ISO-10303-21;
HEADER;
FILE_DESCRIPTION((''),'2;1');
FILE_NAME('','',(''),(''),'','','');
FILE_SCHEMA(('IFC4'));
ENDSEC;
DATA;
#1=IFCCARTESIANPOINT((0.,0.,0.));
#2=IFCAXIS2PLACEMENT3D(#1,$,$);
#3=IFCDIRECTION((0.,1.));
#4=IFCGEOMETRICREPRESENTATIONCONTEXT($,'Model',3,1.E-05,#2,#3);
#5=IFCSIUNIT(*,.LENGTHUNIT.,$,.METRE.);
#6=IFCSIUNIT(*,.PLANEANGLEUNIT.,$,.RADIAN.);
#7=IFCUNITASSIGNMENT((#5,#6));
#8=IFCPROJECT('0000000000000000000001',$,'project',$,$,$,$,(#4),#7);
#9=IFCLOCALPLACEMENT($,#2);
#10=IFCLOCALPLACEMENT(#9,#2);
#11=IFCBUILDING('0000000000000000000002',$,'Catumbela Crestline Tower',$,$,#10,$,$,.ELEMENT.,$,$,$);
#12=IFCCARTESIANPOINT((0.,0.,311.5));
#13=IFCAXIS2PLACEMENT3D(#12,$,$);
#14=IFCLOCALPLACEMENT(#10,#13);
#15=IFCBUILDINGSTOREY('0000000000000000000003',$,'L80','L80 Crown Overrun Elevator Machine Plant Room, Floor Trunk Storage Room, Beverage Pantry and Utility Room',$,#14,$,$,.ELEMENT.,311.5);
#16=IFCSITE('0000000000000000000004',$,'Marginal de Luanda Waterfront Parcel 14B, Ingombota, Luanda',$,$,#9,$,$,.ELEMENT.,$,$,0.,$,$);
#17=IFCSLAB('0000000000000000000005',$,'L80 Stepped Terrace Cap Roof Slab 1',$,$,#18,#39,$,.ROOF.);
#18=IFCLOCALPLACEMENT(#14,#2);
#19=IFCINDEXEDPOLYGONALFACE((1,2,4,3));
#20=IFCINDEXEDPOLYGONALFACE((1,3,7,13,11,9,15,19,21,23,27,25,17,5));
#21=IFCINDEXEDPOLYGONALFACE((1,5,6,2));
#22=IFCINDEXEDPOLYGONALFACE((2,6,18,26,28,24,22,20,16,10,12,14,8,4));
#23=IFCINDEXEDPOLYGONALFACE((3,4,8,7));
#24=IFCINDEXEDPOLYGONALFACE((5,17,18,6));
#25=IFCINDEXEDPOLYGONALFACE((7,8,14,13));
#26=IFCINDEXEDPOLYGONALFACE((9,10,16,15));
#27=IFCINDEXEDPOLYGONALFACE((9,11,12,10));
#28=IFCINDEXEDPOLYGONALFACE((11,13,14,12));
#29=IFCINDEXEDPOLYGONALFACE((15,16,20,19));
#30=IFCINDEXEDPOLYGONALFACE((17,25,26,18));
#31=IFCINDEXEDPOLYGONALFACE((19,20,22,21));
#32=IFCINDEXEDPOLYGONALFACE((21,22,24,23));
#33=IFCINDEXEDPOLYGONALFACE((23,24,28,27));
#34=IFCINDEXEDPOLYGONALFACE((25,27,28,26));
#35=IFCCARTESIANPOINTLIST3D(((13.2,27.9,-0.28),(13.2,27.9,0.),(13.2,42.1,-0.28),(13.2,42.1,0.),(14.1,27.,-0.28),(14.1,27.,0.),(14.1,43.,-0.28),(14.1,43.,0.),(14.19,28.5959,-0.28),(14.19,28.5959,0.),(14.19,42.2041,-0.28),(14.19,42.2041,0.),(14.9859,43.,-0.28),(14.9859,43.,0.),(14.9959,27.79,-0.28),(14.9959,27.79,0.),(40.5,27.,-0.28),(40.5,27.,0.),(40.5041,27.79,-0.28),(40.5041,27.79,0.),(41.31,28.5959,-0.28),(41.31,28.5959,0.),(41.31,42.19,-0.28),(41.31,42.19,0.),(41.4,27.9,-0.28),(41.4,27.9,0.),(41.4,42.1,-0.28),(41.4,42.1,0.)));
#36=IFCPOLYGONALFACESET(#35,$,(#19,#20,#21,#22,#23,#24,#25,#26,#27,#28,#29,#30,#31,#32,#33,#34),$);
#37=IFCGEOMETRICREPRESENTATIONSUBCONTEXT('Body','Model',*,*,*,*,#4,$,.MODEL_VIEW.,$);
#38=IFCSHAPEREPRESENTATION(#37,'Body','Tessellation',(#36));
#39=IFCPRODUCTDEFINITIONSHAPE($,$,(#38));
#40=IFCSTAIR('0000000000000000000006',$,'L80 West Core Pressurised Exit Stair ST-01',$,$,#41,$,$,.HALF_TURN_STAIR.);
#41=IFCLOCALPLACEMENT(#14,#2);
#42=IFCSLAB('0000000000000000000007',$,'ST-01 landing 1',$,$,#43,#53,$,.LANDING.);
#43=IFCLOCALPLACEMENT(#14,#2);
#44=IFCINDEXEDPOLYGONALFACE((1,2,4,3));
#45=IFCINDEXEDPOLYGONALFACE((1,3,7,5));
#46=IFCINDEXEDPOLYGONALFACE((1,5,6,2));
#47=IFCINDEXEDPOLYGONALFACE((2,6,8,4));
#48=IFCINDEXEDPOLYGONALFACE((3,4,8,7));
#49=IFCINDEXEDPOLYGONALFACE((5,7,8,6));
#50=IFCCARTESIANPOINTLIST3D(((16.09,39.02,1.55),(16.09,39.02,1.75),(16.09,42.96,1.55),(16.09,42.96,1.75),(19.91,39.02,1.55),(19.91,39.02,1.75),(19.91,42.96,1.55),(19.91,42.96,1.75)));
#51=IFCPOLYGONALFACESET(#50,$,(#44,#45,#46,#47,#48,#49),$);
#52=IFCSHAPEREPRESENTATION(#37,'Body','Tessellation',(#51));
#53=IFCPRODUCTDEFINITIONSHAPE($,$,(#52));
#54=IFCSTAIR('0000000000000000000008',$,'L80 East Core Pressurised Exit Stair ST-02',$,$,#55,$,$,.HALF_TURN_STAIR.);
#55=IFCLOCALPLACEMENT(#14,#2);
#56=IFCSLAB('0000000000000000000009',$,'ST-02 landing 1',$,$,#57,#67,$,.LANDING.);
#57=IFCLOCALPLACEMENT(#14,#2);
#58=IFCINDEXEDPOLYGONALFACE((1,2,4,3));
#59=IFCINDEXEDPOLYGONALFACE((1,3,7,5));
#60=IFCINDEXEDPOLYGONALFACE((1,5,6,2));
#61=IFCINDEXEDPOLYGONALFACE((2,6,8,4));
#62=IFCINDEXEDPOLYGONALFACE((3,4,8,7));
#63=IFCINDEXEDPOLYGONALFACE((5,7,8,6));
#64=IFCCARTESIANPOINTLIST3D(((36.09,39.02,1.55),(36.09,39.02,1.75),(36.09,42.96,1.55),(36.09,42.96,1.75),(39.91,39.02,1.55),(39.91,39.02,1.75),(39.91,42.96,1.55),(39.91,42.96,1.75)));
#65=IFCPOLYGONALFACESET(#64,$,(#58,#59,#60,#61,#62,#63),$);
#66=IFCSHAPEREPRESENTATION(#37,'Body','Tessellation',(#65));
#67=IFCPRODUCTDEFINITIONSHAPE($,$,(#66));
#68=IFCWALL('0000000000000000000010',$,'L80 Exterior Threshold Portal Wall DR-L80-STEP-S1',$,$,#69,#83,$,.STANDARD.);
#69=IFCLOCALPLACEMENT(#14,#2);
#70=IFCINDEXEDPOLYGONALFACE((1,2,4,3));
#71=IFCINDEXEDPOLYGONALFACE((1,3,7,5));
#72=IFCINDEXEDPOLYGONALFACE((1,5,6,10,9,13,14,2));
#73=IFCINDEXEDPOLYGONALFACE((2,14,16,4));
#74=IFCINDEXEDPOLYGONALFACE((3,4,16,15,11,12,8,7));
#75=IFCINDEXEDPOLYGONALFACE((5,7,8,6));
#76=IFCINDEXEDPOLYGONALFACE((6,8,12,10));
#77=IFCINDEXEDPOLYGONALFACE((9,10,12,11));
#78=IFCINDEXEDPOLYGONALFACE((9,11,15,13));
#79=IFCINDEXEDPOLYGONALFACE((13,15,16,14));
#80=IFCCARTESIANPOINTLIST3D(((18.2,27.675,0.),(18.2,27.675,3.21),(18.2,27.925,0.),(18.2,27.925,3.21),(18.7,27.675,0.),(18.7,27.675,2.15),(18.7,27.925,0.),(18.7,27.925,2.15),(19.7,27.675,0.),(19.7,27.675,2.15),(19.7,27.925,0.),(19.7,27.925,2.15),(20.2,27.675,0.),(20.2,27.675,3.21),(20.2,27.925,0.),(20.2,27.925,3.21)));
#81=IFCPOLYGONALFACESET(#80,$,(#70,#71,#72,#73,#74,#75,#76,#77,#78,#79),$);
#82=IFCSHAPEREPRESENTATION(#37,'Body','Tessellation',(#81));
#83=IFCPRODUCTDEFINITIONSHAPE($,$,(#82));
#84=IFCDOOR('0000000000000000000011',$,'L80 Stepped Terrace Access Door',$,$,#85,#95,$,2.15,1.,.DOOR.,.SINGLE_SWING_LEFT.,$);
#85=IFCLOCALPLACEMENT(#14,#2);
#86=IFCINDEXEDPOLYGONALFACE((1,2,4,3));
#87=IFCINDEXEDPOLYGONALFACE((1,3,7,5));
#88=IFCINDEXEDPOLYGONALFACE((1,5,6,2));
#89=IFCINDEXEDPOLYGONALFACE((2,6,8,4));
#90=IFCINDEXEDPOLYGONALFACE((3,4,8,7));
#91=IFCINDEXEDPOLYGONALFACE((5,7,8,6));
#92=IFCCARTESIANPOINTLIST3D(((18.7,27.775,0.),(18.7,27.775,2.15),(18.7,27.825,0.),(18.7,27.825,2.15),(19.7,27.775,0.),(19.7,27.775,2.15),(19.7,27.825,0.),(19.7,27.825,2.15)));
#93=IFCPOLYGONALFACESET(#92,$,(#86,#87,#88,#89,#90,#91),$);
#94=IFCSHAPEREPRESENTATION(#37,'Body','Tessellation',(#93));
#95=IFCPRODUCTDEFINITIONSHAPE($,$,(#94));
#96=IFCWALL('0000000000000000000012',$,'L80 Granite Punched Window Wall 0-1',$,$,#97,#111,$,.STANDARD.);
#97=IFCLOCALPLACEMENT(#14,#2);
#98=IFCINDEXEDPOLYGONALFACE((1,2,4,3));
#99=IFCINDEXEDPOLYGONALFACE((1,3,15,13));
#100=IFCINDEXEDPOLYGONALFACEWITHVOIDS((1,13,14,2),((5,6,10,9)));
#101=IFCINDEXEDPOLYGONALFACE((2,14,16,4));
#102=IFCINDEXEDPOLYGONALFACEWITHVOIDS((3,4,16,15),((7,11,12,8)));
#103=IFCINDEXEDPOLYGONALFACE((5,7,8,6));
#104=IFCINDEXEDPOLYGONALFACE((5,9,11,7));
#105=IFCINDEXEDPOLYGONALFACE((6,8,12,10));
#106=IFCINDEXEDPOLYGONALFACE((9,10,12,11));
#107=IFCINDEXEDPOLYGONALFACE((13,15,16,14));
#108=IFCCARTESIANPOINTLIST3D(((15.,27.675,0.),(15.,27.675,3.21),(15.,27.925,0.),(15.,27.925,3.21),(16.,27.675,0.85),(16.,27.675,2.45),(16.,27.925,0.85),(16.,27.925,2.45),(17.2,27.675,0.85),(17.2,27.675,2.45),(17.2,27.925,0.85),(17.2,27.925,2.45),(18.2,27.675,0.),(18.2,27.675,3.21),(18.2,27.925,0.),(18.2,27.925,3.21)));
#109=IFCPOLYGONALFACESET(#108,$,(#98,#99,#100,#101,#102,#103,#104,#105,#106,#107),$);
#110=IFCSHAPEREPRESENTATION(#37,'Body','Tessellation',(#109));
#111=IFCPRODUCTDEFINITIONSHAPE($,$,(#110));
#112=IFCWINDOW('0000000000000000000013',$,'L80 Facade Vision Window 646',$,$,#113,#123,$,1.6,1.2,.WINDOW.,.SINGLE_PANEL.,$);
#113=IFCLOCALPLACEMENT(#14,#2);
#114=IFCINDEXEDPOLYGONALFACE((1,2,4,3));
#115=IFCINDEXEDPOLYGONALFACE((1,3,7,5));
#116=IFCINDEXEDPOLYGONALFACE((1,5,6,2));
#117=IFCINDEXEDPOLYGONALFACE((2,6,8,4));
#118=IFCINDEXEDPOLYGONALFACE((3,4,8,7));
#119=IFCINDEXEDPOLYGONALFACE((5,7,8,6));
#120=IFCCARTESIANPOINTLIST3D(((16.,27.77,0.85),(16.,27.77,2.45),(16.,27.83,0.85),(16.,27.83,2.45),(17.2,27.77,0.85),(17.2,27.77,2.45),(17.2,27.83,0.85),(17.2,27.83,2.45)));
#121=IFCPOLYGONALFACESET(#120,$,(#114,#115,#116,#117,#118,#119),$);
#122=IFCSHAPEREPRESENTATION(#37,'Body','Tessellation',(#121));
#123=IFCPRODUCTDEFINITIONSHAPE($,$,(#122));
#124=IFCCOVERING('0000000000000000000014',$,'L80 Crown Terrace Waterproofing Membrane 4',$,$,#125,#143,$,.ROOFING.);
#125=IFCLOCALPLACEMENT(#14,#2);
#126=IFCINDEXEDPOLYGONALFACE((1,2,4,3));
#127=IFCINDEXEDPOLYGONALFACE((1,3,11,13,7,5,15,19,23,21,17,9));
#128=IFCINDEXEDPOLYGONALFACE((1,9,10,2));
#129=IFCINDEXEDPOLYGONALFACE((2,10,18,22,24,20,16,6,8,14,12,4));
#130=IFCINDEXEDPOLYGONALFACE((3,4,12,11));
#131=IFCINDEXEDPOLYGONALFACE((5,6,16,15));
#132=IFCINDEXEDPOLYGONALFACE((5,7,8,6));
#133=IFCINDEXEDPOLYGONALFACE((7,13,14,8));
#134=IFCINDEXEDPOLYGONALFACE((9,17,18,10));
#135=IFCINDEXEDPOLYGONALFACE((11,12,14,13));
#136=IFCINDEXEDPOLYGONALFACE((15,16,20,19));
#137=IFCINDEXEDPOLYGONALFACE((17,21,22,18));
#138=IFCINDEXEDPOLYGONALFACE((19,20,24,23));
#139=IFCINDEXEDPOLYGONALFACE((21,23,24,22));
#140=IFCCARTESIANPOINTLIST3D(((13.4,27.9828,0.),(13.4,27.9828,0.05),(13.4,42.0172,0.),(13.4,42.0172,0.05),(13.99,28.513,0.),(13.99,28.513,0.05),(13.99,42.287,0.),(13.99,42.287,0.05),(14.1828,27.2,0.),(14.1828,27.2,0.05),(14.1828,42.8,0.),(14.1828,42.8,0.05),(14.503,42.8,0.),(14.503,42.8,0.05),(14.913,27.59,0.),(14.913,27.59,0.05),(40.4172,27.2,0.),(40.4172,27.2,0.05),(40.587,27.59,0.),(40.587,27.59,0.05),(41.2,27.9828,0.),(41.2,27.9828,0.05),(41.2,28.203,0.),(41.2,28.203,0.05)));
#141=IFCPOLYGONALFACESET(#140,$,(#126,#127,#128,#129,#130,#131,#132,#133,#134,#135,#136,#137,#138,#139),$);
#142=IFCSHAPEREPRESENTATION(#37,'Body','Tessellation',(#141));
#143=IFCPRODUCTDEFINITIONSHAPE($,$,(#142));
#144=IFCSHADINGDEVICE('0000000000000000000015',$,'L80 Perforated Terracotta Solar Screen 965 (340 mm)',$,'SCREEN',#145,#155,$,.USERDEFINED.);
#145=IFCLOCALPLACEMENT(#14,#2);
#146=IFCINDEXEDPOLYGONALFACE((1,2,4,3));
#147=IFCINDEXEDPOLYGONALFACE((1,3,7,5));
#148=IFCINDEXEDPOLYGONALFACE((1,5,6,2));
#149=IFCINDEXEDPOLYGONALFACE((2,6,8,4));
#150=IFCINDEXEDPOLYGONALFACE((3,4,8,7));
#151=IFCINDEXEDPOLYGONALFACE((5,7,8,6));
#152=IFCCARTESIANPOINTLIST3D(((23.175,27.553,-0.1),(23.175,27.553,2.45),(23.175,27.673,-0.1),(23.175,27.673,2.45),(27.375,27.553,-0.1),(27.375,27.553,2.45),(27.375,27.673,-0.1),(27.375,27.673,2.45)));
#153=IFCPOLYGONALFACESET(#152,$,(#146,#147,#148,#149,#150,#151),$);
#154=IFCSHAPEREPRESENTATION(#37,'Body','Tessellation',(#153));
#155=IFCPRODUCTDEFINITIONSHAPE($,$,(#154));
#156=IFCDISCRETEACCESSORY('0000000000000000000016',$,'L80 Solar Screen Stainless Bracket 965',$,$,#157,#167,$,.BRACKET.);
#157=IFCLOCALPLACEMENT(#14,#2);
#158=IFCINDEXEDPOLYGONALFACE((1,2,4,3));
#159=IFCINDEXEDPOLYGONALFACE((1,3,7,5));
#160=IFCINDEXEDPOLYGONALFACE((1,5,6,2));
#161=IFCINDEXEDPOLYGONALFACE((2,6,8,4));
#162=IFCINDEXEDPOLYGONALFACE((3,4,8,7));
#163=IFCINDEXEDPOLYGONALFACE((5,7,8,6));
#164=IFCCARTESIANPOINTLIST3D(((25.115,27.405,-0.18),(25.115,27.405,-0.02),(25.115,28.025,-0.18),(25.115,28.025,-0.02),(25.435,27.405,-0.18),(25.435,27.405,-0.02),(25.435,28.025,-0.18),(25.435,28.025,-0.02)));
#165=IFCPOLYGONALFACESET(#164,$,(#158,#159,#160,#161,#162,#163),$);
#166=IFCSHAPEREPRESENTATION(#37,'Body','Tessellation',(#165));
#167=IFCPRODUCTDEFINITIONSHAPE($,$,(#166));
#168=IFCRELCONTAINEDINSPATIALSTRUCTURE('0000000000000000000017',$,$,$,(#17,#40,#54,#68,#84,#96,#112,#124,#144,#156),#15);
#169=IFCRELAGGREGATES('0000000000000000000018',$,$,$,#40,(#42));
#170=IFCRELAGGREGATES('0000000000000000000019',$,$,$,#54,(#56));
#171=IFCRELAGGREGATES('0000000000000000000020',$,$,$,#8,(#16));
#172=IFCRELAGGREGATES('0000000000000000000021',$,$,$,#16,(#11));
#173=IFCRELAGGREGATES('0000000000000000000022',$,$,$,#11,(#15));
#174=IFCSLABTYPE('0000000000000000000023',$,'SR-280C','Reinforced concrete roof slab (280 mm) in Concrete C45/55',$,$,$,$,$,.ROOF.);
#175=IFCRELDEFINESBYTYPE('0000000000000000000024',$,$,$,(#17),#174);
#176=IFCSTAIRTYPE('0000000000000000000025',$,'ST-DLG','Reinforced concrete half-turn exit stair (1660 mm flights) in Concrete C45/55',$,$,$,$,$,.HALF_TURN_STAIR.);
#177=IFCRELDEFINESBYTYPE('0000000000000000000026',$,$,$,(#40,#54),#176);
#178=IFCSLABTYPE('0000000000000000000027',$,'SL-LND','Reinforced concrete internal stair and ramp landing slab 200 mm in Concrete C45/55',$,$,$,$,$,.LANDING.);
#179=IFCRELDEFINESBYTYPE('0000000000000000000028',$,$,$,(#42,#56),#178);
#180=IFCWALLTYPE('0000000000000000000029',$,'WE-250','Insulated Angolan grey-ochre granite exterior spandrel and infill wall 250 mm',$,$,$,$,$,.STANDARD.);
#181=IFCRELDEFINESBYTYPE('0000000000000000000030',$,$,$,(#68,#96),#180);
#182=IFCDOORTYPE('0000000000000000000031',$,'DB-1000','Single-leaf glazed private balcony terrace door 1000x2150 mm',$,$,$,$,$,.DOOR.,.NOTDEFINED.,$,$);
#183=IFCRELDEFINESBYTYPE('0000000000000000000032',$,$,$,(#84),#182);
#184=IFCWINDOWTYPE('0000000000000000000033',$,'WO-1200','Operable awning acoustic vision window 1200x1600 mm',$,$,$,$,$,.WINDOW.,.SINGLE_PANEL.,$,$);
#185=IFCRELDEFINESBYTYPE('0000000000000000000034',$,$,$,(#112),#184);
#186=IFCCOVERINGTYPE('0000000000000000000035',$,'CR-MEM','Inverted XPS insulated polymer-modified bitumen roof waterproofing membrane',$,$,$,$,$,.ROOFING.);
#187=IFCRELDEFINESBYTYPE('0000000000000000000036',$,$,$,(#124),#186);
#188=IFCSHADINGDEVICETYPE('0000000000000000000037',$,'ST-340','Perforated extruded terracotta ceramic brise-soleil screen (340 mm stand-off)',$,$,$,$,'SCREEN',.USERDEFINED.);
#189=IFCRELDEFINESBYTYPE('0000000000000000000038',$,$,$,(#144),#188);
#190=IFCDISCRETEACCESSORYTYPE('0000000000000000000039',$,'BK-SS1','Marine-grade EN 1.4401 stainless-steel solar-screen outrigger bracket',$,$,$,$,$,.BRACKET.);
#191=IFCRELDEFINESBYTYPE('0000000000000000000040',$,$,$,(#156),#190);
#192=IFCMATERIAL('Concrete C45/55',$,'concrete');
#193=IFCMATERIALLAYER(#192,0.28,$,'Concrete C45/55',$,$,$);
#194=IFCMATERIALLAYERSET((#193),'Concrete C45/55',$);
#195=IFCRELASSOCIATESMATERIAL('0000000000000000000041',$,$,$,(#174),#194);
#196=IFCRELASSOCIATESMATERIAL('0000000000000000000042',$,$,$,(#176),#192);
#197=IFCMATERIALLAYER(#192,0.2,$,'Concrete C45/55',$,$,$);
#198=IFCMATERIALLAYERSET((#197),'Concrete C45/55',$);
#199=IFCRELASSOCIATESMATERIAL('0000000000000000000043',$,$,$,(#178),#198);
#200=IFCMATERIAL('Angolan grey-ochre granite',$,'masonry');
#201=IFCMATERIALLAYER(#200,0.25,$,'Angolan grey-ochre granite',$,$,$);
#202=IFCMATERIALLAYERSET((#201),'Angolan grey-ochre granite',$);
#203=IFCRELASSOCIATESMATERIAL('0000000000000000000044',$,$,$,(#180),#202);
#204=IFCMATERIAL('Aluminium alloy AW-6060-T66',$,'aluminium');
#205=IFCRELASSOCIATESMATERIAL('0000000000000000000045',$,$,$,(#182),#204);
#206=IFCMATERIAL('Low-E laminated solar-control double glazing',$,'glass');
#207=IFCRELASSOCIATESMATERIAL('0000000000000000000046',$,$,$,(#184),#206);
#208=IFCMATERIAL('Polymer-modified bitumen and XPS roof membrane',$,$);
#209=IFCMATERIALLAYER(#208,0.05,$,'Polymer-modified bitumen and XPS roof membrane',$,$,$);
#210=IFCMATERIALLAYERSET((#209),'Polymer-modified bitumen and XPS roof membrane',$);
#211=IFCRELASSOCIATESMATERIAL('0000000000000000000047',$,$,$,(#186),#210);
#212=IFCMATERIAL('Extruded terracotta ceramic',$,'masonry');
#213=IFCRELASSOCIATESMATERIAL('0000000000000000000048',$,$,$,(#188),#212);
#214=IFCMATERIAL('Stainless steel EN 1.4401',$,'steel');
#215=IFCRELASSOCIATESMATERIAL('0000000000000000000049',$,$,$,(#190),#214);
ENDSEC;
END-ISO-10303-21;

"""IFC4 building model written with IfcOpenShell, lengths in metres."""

from ifc_helpers import new_model, si_unit, direction, frame, frame_2d, origin, origin_2d, place, context, subcontext, project, spatial, polyline, rectangle, outline, extrude, material, layer, layer_set, type_object, element, fill, aggregate, save


model = new_model("IFC4")

# Units and contexts
model_context = context("Model", 3, precision=1e-05, world=origin(), true_north=direction((0.0, 1.0)))
body_context = subcontext(model_context, "Body", "Model", "MODEL_VIEW")
ifc_project = project(units=[si_unit("LENGTHUNIT", "METRE"), si_unit("PLANEANGLEUNIT", "RADIAN")], contexts=[model_context])

# Site, building, storey
site_placement = place(None, origin())
site = spatial("IfcSite", under=ifc_project, at=site_placement, Name="Marginal de Luanda Waterfront Parcel 14B, Ingombota, Luanda", CompositionType="ELEMENT", RefElevation=0.0)
building_placement = place(site_placement, origin())
building = spatial("IfcBuilding", under=site, at=building_placement, Name="Catumbela Crestline Tower", CompositionType="ELEMENT")
storey_placement = place(building_placement, frame((0.0, 0.0, 311.5)))
storey = spatial("IfcBuildingStorey", under=building, at=storey_placement, Name="L80", Description="L80 Crown Overrun Elevator Machine Plant Room, Floor Trunk Storage Room, Beverage Pantry and Utility Room", CompositionType="ELEMENT", Elevation=311.5)

# Shared definitions
ifc_material_1 = material(Name="Aluminium alloy AW-6060-T66", Category="aluminium")
ifc_material_2 = material(Name="Low-E laminated solar-control double glazing", Category="glass")

# Slab
ifc_material_3 = material(Name="Concrete C45/55", Category="concrete")
ifc_layer_1 = layer(ifc_material_3, 0.28, Name="Concrete C45/55")
ifc_layer_set_1 = layer_set([ifc_layer_1], Name="Concrete C45/55")
slab_type_1 = type_object("IfcSlabType", Name="SR-280C", Description="Reinforced concrete roof slab (280 mm) in Concrete C45/55", PredefinedType="ROOF", material=ifc_layer_set_1)
slab_1_placement = place(storey_placement, frame((0.0, 0.0, -0.28)))
element("IfcSlab", 1, at=slab_1_placement, inside=storey, type_object=slab_type_1, Name="L80 Stepped Terrace Cap Roof Slab 1", PredefinedType="ROOF", context=body_context, shape_type="SweptSolid", body=[
    extrude(outline(polyline([(41.4, 27.9), (40.5, 27.0), (14.1, 27.0), (13.2, 27.9), (13.2, 42.1), (14.1, 43.0), (14.9859, 43.0), (14.19, 42.2041), (14.19, 28.5959), (14.9959, 27.79), (40.5041, 27.79), (41.31, 28.5959), (41.31, 42.19), (41.4, 42.1), (41.4, 27.9)])), origin(), (0.0, 0.0, 1.0), 0.28),
])

# Stairs, slabs
stair_type = type_object("IfcStairType", Name="ST-DLG", Description="Reinforced concrete half-turn exit stair (1660 mm flights) in Concrete C45/55", PredefinedType="HALF_TURN_STAIR", material=ifc_material_3)
stair_1_placement = place(storey_placement, origin())
stair_1 = element("IfcStair", 2, at=stair_1_placement, inside=storey, type_object=stair_type, Name="L80 West Core Pressurised Exit Stair ST-01", PredefinedType="HALF_TURN_STAIR")
ifc_layer_2 = layer(ifc_material_3, 0.2, Name="Concrete C45/55")
ifc_layer_set_2 = layer_set([ifc_layer_2], Name="Concrete C45/55")
slab_type_2 = type_object("IfcSlabType", Name="SL-LND", Description="Reinforced concrete internal stair and ramp landing slab 200 mm in Concrete C45/55", PredefinedType="LANDING", material=ifc_layer_set_2)
slab_2_placement = place(storey_placement, frame((0.0, 0.0, 1.55)))
slab_2 = element("IfcSlab", 3, at=slab_2_placement, type_object=slab_type_2, Name="ST-01 landing 1", PredefinedType="LANDING", context=body_context, shape_type="SweptSolid", body=[
    extrude(outline(polyline([(19.91, 39.02), (19.91, 42.96), (16.09, 42.96), (16.09, 39.02), (19.91, 39.02)])), origin(), (0.0, 0.0, 1.0), 0.2),
])
aggregate(stair_1, [slab_2])
stair_2_placement = place(storey_placement, origin())
stair_2 = element("IfcStair", 4, at=stair_2_placement, inside=storey, type_object=stair_type, Name="L80 East Core Pressurised Exit Stair ST-02", PredefinedType="HALF_TURN_STAIR")
slab_3_placement = place(storey_placement, frame((0.0, 0.0, 1.55)))
slab_3 = element("IfcSlab", 5, at=slab_3_placement, type_object=slab_type_2, Name="ST-02 landing 1", PredefinedType="LANDING", context=body_context, shape_type="SweptSolid", body=[
    extrude(outline(polyline([(39.91, 39.02), (39.91, 42.96), (36.09, 42.96), (36.09, 39.02), (39.91, 39.02)])), origin(), (0.0, 0.0, 1.0), 0.2),
])
aggregate(stair_2, [slab_3])

# Wall, opening, door
ifc_material_4 = material(Name="Angolan grey-ochre granite", Category="masonry")
ifc_layer_3 = layer(ifc_material_4, 0.25, Name="Angolan grey-ochre granite")
ifc_layer_set_3 = layer_set([ifc_layer_3], Name="Angolan grey-ochre granite")
wall_type = type_object("IfcWallType", Name="WE-250", Description="Insulated Angolan grey-ochre granite exterior spandrel and infill wall 250 mm", PredefinedType="STANDARD", material=ifc_layer_set_3)
wall_1_placement = place(storey_placement, frame((18.2, 27.8, 0.0), z_axis=(0.0, 0.0, 1.0), x_axis=(1.0, 0.0, 0.0)))
wall_1 = element("IfcWall", 6, at=wall_1_placement, inside=storey, type_object=wall_type, Name="L80 Exterior Threshold Portal Wall DR-L80-STEP-S1", PredefinedType="STANDARD", context=body_context, shape_type="SweptSolid", body=[
    extrude(rectangle(XDim=2.0, YDim=0.25, at=frame_2d((1.0, 0.0))), origin(), (0.0, 0.0, 1.0), 3.21),
])
opening_1_placement = place(wall_1_placement, frame((0.5, 0.0, 0.0)))
opening_1 = element("IfcOpeningElement", 7, at=opening_1_placement, cuts=wall_1, PredefinedType="OPENING", context=body_context, shape_type="SweptSolid", body=[
    extrude(rectangle(XDim=1.0, YDim=2.15, at=frame_2d((0.5, 1.075))), frame((0.0, 0.135, 0.0), z_axis=(0.0, -1.0, 0.0), x_axis=(1.0, 0.0, 0.0)), (0.0, 0.0, 1.0), 0.27),
])
door_type = type_object("IfcDoorType", Name="DB-1000", Description="Single-leaf glazed private balcony terrace door 1000x2150 mm", OperationType="NOTDEFINED", PredefinedType="DOOR", material=ifc_material_1)
door_placement = place(opening_1_placement, origin())
door = element("IfcDoor", 8, at=door_placement, inside=storey, type_object=door_type, Name="L80 Stepped Terrace Access Door", OperationType="SINGLE_SWING_LEFT", OverallHeight=2.15, OverallWidth=1.0, PredefinedType="DOOR", context=body_context, shape_type="SweptSolid", body=[
    extrude(rectangle(XDim=1.0, YDim=2.15, at=frame_2d((0.5, 1.075))), frame((0.0, 0.025, 0.0), z_axis=(0.0, -1.0, 0.0), x_axis=(1.0, 0.0, 0.0)), (0.0, 0.0, 1.0), 0.05),
])
fill(opening_1, door)

# Wall, opening, window
wall_2_placement = place(storey_placement, frame((15.0, 27.8, 0.0), z_axis=(0.0, 0.0, 1.0), x_axis=(1.0, 0.0, 0.0)))
wall_2 = element("IfcWall", 9, at=wall_2_placement, inside=storey, type_object=wall_type, Name="L80 Granite Punched Window Wall 0-1", PredefinedType="STANDARD", context=body_context, shape_type="SweptSolid", body=[
    extrude(rectangle(XDim=3.2, YDim=0.25, at=frame_2d((1.6, 0.0))), origin(), (0.0, 0.0, 1.0), 3.21),
])
opening_2_placement = place(wall_2_placement, frame((1.0, 0.0, 0.85)))
opening_2 = element("IfcOpeningElement", 10, at=opening_2_placement, cuts=wall_2, PredefinedType="OPENING", context=body_context, shape_type="SweptSolid", body=[
    extrude(rectangle(XDim=1.2, YDim=1.6, at=frame_2d((0.6, 0.8))), frame((0.0, 0.135, 0.0), z_axis=(0.0, -1.0, 0.0), x_axis=(1.0, 0.0, 0.0)), (0.0, 0.0, 1.0), 0.27),
])
window_type = type_object("IfcWindowType", Name="WO-1200", Description="Operable awning acoustic vision window 1200x1600 mm", PartitioningType="SINGLE_PANEL", PredefinedType="WINDOW", material=ifc_material_2)
window_placement = place(opening_2_placement, origin())
window = element("IfcWindow", 11, at=window_placement, inside=storey, type_object=window_type, Name="L80 Facade Vision Window 646", OverallHeight=1.6, OverallWidth=1.2, PartitioningType="SINGLE_PANEL", PredefinedType="WINDOW", context=body_context, shape_type="SweptSolid", body=[
    extrude(rectangle(XDim=1.2, YDim=1.6, at=frame_2d((0.6, 0.8))), frame((0.0, 0.03, 0.0), z_axis=(0.0, -1.0, 0.0), x_axis=(1.0, 0.0, 0.0)), (0.0, 0.0, 1.0), 0.06),
])
fill(opening_2, window)

# Covering
ifc_material_5 = material(Name="Polymer-modified bitumen and XPS roof membrane")
ifc_layer_4 = layer(ifc_material_5, 0.05, Name="Polymer-modified bitumen and XPS roof membrane")
ifc_layer_set_4 = layer_set([ifc_layer_4], Name="Polymer-modified bitumen and XPS roof membrane")
covering_type = type_object("IfcCoveringType", Name="CR-MEM", Description="Inverted XPS insulated polymer-modified bitumen roof waterproofing membrane", PredefinedType="ROOFING", material=ifc_layer_set_4)
covering_placement = place(storey_placement, origin())
element("IfcCovering", 12, at=covering_placement, inside=storey, type_object=covering_type, Name="L80 Crown Terrace Waterproofing Membrane 4", PredefinedType="ROOFING", context=body_context, shape_type="SweptSolid", body=[
    extrude(outline(polyline([(41.2, 27.9828), (40.4172, 27.2), (14.1828, 27.2), (13.4, 27.9828), (13.4, 42.0172), (14.1828, 42.8), (14.503, 42.8), (13.99, 42.287), (13.99, 28.513), (14.913, 27.59), (40.587, 27.59), (41.2, 28.203), (41.2, 27.9828)])), origin(), (0.0, 0.0, 1.0), 0.05),
])

# Shading device
ifc_material_6 = material(Name="Extruded terracotta ceramic", Category="masonry")
shading_device_type = type_object("IfcShadingDeviceType", Name="ST-340", Description="Perforated extruded terracotta ceramic brise-soleil screen (340 mm stand-off)", ElementType="SCREEN", PredefinedType="USERDEFINED", material=ifc_material_6)
shading_device_placement = place(storey_placement, frame((25.275, 27.613, -0.1), z_axis=(0.0, 0.0, 1.0), x_axis=(1.0, 0.0, 0.0)))
element("IfcShadingDevice", 13, at=shading_device_placement, inside=storey, type_object=shading_device_type, Name="L80 Perforated Terracotta Solar Screen 965 (340 mm)", ObjectType="SCREEN", PredefinedType="USERDEFINED", context=body_context, shape_type="SweptSolid", body=[
    extrude(rectangle(XDim=4.2, YDim=0.12, at=origin_2d()), origin(), (0.0, 0.0, 1.0), 2.55),
])

# Discrete accessory
ifc_material_7 = material(Name="Stainless steel EN 1.4401", Category="steel")
discrete_accessory_type = type_object("IfcDiscreteAccessoryType", Name="BK-SS1", Description="Marine-grade EN 1.4401 stainless-steel solar-screen outrigger bracket", PredefinedType="BRACKET", material=ifc_material_7)
discrete_accessory_placement = place(storey_placement, frame((25.275, 27.715, -0.18), z_axis=(0.0, 0.0, 1.0), x_axis=(1.0, 0.0, 0.0)))
element("IfcDiscreteAccessory", 14, at=discrete_accessory_placement, inside=storey, type_object=discrete_accessory_type, Name="L80 Solar Screen Stainless Bracket 965", PredefinedType="BRACKET", context=body_context, shape_type="SweptSolid", body=[
    extrude(rectangle(XDim=0.32, YDim=0.62, at=origin_2d()), origin(), (0.0, 0.0, 1.0), 0.16),
])

save(model, "model.ifc")
